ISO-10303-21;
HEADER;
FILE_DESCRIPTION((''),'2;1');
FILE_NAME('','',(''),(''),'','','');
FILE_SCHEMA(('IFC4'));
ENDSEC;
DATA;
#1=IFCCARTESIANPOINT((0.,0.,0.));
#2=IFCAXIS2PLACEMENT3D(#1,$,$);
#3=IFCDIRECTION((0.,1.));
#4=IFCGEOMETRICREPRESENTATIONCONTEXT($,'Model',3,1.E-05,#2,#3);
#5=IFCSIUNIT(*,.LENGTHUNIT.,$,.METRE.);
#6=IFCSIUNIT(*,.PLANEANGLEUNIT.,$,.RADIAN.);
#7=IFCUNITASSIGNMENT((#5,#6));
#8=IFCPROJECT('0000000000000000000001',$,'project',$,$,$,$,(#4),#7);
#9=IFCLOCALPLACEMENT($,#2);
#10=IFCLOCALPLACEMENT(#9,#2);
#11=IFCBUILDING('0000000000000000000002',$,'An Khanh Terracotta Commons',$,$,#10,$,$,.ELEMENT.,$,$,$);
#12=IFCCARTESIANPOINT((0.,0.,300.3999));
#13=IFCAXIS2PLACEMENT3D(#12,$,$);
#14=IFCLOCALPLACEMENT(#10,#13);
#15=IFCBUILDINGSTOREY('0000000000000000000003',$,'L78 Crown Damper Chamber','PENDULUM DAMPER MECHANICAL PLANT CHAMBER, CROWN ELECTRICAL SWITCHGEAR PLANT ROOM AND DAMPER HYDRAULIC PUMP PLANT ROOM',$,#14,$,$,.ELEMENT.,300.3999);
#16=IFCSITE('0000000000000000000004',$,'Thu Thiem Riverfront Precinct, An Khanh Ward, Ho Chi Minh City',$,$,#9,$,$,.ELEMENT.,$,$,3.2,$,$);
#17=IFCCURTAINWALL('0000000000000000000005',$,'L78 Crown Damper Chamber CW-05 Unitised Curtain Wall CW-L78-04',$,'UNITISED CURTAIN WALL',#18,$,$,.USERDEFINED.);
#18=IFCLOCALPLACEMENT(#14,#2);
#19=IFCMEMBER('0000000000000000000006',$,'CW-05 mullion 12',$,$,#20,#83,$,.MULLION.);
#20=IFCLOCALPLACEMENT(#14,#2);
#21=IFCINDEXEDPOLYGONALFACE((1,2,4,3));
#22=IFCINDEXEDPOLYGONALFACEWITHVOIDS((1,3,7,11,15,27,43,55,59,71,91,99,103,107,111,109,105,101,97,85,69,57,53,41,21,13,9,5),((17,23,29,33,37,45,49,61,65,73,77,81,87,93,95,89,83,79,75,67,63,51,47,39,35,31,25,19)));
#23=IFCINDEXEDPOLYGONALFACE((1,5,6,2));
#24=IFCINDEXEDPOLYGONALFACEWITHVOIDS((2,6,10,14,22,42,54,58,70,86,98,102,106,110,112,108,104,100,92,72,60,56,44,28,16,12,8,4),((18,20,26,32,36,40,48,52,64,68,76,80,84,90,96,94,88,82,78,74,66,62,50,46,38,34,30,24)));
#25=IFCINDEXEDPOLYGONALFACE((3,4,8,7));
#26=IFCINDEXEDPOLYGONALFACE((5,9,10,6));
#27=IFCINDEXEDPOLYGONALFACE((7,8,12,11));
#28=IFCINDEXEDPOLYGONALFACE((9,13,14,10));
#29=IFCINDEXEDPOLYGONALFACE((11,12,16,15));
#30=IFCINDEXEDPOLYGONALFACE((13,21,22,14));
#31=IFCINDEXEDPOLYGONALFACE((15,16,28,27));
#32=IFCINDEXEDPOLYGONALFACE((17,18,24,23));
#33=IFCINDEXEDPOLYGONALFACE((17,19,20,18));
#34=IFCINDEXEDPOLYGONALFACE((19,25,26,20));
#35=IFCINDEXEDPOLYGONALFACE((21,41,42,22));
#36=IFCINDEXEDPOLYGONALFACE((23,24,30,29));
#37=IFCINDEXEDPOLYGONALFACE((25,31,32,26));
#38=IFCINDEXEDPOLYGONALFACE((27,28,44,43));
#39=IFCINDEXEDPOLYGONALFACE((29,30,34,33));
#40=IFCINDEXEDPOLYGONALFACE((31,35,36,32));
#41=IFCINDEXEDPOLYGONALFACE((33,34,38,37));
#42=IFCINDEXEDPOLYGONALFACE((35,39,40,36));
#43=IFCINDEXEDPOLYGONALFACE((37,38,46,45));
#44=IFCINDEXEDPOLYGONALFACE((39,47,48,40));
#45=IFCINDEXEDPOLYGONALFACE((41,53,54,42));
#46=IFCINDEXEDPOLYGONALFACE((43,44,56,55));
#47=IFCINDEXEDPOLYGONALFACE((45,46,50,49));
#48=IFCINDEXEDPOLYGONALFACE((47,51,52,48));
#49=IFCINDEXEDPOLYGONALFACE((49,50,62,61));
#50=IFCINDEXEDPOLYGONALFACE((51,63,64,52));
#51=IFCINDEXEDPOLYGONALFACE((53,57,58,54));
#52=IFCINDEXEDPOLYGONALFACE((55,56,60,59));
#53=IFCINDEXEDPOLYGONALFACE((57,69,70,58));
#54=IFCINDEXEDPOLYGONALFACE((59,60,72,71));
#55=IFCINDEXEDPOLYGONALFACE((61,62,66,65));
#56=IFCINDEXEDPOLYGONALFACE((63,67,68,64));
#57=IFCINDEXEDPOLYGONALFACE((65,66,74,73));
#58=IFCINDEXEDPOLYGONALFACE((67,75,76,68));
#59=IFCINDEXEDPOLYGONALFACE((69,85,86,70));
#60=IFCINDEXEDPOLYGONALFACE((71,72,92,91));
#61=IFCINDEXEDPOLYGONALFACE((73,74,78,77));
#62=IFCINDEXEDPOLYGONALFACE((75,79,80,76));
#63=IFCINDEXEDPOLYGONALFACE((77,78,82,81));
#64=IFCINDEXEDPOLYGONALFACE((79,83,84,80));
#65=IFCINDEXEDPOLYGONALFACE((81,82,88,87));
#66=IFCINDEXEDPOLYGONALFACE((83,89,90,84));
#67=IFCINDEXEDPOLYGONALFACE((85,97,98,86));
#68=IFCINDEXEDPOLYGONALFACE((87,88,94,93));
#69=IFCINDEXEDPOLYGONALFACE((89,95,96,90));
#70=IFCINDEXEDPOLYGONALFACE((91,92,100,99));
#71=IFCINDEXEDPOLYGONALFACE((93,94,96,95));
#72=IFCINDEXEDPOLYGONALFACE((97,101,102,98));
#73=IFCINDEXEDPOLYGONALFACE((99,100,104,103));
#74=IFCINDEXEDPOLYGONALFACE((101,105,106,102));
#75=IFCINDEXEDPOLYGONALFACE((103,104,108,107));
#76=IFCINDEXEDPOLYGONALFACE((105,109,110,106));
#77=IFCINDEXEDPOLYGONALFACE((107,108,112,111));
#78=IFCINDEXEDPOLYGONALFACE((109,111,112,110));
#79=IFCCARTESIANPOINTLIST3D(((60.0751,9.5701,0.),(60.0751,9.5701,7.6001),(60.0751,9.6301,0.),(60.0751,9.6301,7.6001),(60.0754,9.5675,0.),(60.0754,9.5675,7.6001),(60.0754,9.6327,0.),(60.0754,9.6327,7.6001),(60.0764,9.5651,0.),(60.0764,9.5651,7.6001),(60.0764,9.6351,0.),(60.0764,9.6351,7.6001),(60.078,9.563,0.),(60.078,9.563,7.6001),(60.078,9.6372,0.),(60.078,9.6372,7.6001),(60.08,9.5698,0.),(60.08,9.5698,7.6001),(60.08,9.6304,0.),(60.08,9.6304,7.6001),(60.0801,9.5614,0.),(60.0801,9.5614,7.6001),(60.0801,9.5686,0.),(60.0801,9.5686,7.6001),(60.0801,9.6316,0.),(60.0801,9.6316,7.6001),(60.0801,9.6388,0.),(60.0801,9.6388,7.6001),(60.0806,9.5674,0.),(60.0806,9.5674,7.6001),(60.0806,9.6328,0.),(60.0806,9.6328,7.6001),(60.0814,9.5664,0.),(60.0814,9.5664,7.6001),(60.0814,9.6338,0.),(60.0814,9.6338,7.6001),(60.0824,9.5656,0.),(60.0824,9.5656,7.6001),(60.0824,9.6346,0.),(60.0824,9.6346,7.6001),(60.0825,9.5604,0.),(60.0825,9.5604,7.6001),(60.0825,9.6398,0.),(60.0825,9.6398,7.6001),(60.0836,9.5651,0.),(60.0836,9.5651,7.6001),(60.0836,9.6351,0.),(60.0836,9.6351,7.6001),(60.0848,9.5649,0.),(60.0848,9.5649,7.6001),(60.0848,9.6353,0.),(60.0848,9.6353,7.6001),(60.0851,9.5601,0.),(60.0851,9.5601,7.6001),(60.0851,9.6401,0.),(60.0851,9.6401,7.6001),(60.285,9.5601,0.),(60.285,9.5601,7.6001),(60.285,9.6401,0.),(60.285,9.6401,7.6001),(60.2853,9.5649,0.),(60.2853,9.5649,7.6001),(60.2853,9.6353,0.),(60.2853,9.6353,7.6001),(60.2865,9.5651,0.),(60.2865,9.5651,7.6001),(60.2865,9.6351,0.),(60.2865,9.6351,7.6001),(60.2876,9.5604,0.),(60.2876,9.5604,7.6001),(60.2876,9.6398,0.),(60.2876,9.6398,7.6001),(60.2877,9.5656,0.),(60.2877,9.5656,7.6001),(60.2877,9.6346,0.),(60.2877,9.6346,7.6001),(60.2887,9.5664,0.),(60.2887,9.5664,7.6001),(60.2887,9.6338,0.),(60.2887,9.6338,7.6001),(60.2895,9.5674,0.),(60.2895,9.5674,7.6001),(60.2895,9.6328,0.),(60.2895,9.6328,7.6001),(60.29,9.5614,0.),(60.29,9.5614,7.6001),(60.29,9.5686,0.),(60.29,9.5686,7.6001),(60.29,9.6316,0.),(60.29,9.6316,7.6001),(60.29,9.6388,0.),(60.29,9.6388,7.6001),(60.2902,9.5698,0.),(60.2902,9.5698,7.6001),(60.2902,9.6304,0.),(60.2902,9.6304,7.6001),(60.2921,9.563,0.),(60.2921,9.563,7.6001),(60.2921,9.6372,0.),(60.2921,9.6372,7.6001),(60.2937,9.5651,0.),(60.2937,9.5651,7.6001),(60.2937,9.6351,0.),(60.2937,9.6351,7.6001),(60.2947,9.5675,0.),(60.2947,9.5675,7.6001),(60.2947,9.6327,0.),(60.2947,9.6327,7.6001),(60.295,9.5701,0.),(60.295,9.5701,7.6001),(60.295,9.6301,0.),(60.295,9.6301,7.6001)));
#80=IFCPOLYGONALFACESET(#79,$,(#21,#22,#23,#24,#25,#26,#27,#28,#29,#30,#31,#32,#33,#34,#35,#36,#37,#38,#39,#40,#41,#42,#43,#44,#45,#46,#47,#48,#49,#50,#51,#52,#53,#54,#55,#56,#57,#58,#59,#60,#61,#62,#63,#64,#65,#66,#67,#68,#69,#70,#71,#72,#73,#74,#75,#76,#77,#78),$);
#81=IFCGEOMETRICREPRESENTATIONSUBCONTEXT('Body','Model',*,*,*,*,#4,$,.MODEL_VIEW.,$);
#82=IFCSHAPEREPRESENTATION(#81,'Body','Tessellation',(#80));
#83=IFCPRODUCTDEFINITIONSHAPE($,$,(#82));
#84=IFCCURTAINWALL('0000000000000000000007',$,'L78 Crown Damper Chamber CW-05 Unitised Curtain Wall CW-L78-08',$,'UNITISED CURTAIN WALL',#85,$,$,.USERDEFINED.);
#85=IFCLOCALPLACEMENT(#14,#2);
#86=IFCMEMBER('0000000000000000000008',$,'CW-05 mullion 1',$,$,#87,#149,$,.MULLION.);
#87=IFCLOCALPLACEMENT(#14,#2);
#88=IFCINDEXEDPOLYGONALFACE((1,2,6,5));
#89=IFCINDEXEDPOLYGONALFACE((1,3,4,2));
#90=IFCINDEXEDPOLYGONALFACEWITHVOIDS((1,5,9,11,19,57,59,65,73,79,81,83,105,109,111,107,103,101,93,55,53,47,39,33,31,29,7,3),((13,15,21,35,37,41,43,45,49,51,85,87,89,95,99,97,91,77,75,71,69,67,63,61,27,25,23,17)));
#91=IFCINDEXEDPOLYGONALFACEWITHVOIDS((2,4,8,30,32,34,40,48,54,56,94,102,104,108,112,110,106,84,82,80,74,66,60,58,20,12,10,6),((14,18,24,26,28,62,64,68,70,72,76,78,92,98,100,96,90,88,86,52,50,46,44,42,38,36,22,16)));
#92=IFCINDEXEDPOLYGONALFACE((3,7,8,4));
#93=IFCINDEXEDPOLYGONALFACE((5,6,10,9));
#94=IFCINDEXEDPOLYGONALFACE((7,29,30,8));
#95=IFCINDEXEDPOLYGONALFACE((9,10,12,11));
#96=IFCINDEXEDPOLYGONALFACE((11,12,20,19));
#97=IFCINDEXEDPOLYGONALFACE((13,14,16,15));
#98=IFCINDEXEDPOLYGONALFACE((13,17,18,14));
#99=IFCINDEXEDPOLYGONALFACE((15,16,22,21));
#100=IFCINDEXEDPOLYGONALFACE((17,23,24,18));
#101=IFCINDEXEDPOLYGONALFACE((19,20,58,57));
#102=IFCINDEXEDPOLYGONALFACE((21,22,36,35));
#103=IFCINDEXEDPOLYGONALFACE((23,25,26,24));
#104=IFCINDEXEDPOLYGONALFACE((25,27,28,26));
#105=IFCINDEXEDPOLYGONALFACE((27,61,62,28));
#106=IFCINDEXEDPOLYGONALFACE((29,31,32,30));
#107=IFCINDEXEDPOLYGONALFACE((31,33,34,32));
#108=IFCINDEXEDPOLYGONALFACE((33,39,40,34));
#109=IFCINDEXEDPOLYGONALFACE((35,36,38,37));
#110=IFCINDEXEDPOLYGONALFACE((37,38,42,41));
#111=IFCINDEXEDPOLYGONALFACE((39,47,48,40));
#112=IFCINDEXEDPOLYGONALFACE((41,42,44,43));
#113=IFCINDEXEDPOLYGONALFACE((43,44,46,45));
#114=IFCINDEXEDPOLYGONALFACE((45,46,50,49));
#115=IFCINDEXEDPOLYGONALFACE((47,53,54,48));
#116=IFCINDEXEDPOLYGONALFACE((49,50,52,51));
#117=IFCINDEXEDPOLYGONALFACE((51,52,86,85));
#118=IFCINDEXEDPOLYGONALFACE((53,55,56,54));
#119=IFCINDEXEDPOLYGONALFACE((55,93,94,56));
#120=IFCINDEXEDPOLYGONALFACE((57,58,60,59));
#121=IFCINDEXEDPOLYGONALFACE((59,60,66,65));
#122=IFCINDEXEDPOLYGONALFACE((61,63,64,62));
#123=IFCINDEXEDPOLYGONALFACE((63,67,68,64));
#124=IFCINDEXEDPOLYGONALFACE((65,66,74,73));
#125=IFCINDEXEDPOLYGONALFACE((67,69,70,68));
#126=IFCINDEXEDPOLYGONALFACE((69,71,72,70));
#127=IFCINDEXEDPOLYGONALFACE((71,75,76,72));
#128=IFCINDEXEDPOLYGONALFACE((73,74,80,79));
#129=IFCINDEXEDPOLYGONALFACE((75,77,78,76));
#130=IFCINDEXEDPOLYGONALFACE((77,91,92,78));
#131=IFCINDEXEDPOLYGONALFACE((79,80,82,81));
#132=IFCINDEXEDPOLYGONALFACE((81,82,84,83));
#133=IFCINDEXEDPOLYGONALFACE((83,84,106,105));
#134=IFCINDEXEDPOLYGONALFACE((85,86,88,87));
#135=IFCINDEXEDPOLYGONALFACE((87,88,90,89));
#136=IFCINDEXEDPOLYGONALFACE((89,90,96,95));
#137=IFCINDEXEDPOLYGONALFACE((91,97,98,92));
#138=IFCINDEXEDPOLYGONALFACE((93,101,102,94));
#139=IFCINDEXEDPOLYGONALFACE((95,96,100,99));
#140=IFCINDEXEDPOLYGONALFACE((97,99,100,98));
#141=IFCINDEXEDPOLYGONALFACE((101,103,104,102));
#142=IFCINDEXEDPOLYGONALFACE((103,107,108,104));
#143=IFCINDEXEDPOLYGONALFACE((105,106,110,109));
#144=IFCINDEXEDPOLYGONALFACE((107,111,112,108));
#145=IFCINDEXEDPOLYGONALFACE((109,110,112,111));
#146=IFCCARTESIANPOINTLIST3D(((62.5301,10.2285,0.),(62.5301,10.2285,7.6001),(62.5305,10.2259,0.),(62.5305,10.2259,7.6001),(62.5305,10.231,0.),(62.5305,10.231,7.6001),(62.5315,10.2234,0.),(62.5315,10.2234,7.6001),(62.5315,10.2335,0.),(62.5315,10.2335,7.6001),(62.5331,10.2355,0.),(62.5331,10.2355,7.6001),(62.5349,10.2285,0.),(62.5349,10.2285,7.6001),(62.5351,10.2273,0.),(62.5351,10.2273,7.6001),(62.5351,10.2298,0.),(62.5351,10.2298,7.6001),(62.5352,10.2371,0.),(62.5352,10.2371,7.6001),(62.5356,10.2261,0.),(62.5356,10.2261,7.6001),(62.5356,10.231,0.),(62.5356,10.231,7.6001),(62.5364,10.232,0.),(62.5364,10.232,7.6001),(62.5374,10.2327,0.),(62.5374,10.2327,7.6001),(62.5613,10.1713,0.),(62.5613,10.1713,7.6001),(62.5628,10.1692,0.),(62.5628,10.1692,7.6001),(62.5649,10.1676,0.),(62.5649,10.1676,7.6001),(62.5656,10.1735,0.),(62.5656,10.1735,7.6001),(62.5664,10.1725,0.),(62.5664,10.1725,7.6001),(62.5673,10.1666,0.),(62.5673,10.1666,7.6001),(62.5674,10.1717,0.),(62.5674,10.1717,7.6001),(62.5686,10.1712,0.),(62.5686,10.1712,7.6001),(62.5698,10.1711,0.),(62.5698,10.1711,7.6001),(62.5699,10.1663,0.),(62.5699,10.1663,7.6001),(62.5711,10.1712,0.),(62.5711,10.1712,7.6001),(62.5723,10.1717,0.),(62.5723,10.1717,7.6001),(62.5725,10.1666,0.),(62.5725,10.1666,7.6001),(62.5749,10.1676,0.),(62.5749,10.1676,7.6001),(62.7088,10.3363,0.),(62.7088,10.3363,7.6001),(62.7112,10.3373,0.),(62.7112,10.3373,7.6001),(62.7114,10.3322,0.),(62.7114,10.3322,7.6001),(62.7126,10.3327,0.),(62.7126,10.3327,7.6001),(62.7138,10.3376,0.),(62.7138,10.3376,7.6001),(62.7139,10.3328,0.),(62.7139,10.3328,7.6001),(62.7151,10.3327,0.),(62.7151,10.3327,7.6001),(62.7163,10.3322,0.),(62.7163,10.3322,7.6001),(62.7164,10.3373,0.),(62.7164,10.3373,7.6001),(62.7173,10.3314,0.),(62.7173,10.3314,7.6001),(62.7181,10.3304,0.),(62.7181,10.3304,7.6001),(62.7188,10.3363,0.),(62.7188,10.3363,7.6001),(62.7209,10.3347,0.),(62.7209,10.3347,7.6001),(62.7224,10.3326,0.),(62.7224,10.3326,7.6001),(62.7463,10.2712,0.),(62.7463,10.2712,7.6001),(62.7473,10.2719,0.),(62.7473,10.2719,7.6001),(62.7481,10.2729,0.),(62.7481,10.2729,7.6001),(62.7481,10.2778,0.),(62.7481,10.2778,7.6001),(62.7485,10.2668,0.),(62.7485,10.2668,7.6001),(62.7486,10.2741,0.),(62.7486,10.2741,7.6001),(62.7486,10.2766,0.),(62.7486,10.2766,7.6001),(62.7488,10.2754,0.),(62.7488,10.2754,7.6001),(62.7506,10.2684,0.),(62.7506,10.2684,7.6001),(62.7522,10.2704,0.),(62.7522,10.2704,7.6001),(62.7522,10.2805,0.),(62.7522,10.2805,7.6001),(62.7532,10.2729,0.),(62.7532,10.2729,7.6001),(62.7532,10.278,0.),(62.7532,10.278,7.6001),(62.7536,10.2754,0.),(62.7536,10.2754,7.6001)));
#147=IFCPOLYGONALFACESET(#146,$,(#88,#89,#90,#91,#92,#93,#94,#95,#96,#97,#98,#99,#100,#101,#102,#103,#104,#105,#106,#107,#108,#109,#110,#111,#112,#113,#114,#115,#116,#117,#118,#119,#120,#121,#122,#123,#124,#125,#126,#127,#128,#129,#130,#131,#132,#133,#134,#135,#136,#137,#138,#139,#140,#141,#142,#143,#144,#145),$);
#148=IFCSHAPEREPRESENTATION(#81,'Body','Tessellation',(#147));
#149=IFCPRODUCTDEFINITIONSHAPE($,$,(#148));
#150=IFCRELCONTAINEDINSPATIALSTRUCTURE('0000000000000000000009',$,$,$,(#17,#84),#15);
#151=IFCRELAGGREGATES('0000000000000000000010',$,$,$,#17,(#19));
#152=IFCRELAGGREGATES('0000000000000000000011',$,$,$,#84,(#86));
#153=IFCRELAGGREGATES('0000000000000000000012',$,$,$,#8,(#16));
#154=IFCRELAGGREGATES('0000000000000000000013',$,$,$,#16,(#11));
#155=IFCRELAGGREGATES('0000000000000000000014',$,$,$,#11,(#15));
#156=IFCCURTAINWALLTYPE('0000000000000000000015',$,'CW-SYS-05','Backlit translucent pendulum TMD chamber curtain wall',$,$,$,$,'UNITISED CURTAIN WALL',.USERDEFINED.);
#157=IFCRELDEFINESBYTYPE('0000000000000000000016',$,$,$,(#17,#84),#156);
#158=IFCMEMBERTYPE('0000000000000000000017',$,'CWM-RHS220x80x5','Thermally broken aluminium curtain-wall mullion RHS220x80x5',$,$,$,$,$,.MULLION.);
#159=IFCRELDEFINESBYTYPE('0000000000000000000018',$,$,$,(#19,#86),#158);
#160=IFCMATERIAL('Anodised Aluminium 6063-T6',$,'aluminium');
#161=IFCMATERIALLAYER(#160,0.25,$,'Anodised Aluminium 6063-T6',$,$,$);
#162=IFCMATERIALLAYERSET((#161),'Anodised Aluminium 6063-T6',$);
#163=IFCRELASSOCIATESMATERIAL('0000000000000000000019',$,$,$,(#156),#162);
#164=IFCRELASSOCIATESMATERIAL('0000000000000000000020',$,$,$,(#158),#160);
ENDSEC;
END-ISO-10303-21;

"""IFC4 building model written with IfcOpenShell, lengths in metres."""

from ifc_helpers import new_model, si_unit, direction, frame, origin, origin_2d, place, context, subcontext, project, spatial, hollow_rectangle, extrude, material, layer, layer_set, material_profile, profile_set, type_object, element, aggregate, save


model = new_model("IFC4")

# Units and contexts
model_context = context("Model", 3, precision=1e-05, world=origin(), true_north=direction((0.0, 1.0)))
body_context = subcontext(model_context, "Body", "Model", "MODEL_VIEW")
ifc_project = project(units=[si_unit("LENGTHUNIT", "METRE"), si_unit("PLANEANGLEUNIT", "RADIAN")], contexts=[model_context])

# Site, building, storey
site_placement = place(None, origin())
site = spatial("IfcSite", under=ifc_project, at=site_placement, Name="Thu Thiem Riverfront Precinct, An Khanh Ward, Ho Chi Minh City", CompositionType="ELEMENT", RefElevation=3.2)
building_placement = place(site_placement, origin())
building = spatial("IfcBuilding", under=site, at=building_placement, Name="An Khanh Terracotta Commons", CompositionType="ELEMENT")
storey_placement = place(building_placement, frame((0.0, 0.0, 300.3999)))
storey = spatial("IfcBuildingStorey", under=building, at=storey_placement, Name="L78 Crown Damper Chamber", Description="PENDULUM DAMPER MECHANICAL PLANT CHAMBER, CROWN ELECTRICAL SWITCHGEAR PLANT ROOM AND DAMPER HYDRAULIC PUMP PLANT ROOM", CompositionType="ELEMENT", Elevation=300.3999)

# Curtain wall, member
ifc_material_1 = material(Name="Anodised Aluminium 6063-T6", Category="aluminium")
ifc_layer_1 = layer(ifc_material_1, 0.25, Name="Anodised Aluminium 6063-T6")
ifc_layer_set_1 = layer_set([ifc_layer_1], Name="Anodised Aluminium 6063-T6")
curtain_wall_type = type_object("IfcCurtainWallType", Name="CW-SYS-05", Description="Backlit translucent pendulum TMD chamber curtain wall", ElementType="UNITISED CURTAIN WALL", PredefinedType="USERDEFINED", material=ifc_layer_set_1)
curtain_wall_1_placement = place(storey_placement, origin())
curtain_wall_1 = element("IfcCurtainWall", 1, at=curtain_wall_1_placement, inside=storey, type_object=curtain_wall_type, Name="L78 Crown Damper Chamber CW-05 Unitised Curtain Wall CW-L78-04", ObjectType="UNITISED CURTAIN WALL", PredefinedType="USERDEFINED")
ifc_material_profile_1 = material_profile(ifc_material_1, hollow_rectangle(XDim=0.0801, YDim=0.22, WallThickness=0.0049, InnerFilletRadius=0.0049, OuterFilletRadius=0.01, at=origin_2d()), Name="RHS220x80x5")
ifc_profile_set_1 = profile_set([ifc_material_profile_1], Name="Anodised Aluminium 6063-T6")
member_type_1 = type_object("IfcMemberType", Name="CWM-RHS220x80x5", Description="Thermally broken aluminium curtain-wall mullion RHS220x80x5", PredefinedType="MULLION", material=ifc_profile_set_1)
member_1_placement = place(storey_placement, frame((60.1851, 9.6001, 0.0), z_axis=(0.0, 0.0, 1.0), x_axis=(0.0, 1.0, 0.0)))
member_1 = element("IfcMember", 2, at=member_1_placement, type_object=member_type_1, Name="CW-05 mullion 12", PredefinedType="MULLION", context=body_context, shape_type="SweptSolid", body=[
    extrude(hollow_rectangle(XDim=0.0801, YDim=0.22, WallThickness=0.0049, InnerFilletRadius=0.0049, OuterFilletRadius=0.01, at=origin_2d()), origin(), (0.0, 0.0, 1.0), 7.6001),
])

# Curtain wall, member
curtain_wall_2_placement = place(storey_placement, origin())
curtain_wall_2 = element("IfcCurtainWall", 3, at=curtain_wall_2_placement, inside=storey, type_object=curtain_wall_type, Name="L78 Crown Damper Chamber CW-05 Unitised Curtain Wall CW-L78-08", ObjectType="UNITISED CURTAIN WALL", PredefinedType="USERDEFINED")
member_2_placement = place(storey_placement, frame((62.6418, 10.252, 0.0), z_axis=(0.0, 0.0, 1.0), x_axis=(-0.496206, 0.868205, 0.0)))
member_2 = element("IfcMember", 4, at=member_2_placement, type_object=member_type_1, Name="CW-05 mullion 1", PredefinedType="MULLION", context=body_context, shape_type="SweptSolid", body=[
    extrude(hollow_rectangle(XDim=0.0801, YDim=0.22, WallThickness=0.0049, InnerFilletRadius=0.0049, OuterFilletRadius=0.01, at=origin_2d()), origin(), (0.0, 0.0, 1.0), 7.6001),
])

aggregate(curtain_wall_1, [member_1])
aggregate(curtain_wall_2, [member_2])

save(model, "model.ifc")
